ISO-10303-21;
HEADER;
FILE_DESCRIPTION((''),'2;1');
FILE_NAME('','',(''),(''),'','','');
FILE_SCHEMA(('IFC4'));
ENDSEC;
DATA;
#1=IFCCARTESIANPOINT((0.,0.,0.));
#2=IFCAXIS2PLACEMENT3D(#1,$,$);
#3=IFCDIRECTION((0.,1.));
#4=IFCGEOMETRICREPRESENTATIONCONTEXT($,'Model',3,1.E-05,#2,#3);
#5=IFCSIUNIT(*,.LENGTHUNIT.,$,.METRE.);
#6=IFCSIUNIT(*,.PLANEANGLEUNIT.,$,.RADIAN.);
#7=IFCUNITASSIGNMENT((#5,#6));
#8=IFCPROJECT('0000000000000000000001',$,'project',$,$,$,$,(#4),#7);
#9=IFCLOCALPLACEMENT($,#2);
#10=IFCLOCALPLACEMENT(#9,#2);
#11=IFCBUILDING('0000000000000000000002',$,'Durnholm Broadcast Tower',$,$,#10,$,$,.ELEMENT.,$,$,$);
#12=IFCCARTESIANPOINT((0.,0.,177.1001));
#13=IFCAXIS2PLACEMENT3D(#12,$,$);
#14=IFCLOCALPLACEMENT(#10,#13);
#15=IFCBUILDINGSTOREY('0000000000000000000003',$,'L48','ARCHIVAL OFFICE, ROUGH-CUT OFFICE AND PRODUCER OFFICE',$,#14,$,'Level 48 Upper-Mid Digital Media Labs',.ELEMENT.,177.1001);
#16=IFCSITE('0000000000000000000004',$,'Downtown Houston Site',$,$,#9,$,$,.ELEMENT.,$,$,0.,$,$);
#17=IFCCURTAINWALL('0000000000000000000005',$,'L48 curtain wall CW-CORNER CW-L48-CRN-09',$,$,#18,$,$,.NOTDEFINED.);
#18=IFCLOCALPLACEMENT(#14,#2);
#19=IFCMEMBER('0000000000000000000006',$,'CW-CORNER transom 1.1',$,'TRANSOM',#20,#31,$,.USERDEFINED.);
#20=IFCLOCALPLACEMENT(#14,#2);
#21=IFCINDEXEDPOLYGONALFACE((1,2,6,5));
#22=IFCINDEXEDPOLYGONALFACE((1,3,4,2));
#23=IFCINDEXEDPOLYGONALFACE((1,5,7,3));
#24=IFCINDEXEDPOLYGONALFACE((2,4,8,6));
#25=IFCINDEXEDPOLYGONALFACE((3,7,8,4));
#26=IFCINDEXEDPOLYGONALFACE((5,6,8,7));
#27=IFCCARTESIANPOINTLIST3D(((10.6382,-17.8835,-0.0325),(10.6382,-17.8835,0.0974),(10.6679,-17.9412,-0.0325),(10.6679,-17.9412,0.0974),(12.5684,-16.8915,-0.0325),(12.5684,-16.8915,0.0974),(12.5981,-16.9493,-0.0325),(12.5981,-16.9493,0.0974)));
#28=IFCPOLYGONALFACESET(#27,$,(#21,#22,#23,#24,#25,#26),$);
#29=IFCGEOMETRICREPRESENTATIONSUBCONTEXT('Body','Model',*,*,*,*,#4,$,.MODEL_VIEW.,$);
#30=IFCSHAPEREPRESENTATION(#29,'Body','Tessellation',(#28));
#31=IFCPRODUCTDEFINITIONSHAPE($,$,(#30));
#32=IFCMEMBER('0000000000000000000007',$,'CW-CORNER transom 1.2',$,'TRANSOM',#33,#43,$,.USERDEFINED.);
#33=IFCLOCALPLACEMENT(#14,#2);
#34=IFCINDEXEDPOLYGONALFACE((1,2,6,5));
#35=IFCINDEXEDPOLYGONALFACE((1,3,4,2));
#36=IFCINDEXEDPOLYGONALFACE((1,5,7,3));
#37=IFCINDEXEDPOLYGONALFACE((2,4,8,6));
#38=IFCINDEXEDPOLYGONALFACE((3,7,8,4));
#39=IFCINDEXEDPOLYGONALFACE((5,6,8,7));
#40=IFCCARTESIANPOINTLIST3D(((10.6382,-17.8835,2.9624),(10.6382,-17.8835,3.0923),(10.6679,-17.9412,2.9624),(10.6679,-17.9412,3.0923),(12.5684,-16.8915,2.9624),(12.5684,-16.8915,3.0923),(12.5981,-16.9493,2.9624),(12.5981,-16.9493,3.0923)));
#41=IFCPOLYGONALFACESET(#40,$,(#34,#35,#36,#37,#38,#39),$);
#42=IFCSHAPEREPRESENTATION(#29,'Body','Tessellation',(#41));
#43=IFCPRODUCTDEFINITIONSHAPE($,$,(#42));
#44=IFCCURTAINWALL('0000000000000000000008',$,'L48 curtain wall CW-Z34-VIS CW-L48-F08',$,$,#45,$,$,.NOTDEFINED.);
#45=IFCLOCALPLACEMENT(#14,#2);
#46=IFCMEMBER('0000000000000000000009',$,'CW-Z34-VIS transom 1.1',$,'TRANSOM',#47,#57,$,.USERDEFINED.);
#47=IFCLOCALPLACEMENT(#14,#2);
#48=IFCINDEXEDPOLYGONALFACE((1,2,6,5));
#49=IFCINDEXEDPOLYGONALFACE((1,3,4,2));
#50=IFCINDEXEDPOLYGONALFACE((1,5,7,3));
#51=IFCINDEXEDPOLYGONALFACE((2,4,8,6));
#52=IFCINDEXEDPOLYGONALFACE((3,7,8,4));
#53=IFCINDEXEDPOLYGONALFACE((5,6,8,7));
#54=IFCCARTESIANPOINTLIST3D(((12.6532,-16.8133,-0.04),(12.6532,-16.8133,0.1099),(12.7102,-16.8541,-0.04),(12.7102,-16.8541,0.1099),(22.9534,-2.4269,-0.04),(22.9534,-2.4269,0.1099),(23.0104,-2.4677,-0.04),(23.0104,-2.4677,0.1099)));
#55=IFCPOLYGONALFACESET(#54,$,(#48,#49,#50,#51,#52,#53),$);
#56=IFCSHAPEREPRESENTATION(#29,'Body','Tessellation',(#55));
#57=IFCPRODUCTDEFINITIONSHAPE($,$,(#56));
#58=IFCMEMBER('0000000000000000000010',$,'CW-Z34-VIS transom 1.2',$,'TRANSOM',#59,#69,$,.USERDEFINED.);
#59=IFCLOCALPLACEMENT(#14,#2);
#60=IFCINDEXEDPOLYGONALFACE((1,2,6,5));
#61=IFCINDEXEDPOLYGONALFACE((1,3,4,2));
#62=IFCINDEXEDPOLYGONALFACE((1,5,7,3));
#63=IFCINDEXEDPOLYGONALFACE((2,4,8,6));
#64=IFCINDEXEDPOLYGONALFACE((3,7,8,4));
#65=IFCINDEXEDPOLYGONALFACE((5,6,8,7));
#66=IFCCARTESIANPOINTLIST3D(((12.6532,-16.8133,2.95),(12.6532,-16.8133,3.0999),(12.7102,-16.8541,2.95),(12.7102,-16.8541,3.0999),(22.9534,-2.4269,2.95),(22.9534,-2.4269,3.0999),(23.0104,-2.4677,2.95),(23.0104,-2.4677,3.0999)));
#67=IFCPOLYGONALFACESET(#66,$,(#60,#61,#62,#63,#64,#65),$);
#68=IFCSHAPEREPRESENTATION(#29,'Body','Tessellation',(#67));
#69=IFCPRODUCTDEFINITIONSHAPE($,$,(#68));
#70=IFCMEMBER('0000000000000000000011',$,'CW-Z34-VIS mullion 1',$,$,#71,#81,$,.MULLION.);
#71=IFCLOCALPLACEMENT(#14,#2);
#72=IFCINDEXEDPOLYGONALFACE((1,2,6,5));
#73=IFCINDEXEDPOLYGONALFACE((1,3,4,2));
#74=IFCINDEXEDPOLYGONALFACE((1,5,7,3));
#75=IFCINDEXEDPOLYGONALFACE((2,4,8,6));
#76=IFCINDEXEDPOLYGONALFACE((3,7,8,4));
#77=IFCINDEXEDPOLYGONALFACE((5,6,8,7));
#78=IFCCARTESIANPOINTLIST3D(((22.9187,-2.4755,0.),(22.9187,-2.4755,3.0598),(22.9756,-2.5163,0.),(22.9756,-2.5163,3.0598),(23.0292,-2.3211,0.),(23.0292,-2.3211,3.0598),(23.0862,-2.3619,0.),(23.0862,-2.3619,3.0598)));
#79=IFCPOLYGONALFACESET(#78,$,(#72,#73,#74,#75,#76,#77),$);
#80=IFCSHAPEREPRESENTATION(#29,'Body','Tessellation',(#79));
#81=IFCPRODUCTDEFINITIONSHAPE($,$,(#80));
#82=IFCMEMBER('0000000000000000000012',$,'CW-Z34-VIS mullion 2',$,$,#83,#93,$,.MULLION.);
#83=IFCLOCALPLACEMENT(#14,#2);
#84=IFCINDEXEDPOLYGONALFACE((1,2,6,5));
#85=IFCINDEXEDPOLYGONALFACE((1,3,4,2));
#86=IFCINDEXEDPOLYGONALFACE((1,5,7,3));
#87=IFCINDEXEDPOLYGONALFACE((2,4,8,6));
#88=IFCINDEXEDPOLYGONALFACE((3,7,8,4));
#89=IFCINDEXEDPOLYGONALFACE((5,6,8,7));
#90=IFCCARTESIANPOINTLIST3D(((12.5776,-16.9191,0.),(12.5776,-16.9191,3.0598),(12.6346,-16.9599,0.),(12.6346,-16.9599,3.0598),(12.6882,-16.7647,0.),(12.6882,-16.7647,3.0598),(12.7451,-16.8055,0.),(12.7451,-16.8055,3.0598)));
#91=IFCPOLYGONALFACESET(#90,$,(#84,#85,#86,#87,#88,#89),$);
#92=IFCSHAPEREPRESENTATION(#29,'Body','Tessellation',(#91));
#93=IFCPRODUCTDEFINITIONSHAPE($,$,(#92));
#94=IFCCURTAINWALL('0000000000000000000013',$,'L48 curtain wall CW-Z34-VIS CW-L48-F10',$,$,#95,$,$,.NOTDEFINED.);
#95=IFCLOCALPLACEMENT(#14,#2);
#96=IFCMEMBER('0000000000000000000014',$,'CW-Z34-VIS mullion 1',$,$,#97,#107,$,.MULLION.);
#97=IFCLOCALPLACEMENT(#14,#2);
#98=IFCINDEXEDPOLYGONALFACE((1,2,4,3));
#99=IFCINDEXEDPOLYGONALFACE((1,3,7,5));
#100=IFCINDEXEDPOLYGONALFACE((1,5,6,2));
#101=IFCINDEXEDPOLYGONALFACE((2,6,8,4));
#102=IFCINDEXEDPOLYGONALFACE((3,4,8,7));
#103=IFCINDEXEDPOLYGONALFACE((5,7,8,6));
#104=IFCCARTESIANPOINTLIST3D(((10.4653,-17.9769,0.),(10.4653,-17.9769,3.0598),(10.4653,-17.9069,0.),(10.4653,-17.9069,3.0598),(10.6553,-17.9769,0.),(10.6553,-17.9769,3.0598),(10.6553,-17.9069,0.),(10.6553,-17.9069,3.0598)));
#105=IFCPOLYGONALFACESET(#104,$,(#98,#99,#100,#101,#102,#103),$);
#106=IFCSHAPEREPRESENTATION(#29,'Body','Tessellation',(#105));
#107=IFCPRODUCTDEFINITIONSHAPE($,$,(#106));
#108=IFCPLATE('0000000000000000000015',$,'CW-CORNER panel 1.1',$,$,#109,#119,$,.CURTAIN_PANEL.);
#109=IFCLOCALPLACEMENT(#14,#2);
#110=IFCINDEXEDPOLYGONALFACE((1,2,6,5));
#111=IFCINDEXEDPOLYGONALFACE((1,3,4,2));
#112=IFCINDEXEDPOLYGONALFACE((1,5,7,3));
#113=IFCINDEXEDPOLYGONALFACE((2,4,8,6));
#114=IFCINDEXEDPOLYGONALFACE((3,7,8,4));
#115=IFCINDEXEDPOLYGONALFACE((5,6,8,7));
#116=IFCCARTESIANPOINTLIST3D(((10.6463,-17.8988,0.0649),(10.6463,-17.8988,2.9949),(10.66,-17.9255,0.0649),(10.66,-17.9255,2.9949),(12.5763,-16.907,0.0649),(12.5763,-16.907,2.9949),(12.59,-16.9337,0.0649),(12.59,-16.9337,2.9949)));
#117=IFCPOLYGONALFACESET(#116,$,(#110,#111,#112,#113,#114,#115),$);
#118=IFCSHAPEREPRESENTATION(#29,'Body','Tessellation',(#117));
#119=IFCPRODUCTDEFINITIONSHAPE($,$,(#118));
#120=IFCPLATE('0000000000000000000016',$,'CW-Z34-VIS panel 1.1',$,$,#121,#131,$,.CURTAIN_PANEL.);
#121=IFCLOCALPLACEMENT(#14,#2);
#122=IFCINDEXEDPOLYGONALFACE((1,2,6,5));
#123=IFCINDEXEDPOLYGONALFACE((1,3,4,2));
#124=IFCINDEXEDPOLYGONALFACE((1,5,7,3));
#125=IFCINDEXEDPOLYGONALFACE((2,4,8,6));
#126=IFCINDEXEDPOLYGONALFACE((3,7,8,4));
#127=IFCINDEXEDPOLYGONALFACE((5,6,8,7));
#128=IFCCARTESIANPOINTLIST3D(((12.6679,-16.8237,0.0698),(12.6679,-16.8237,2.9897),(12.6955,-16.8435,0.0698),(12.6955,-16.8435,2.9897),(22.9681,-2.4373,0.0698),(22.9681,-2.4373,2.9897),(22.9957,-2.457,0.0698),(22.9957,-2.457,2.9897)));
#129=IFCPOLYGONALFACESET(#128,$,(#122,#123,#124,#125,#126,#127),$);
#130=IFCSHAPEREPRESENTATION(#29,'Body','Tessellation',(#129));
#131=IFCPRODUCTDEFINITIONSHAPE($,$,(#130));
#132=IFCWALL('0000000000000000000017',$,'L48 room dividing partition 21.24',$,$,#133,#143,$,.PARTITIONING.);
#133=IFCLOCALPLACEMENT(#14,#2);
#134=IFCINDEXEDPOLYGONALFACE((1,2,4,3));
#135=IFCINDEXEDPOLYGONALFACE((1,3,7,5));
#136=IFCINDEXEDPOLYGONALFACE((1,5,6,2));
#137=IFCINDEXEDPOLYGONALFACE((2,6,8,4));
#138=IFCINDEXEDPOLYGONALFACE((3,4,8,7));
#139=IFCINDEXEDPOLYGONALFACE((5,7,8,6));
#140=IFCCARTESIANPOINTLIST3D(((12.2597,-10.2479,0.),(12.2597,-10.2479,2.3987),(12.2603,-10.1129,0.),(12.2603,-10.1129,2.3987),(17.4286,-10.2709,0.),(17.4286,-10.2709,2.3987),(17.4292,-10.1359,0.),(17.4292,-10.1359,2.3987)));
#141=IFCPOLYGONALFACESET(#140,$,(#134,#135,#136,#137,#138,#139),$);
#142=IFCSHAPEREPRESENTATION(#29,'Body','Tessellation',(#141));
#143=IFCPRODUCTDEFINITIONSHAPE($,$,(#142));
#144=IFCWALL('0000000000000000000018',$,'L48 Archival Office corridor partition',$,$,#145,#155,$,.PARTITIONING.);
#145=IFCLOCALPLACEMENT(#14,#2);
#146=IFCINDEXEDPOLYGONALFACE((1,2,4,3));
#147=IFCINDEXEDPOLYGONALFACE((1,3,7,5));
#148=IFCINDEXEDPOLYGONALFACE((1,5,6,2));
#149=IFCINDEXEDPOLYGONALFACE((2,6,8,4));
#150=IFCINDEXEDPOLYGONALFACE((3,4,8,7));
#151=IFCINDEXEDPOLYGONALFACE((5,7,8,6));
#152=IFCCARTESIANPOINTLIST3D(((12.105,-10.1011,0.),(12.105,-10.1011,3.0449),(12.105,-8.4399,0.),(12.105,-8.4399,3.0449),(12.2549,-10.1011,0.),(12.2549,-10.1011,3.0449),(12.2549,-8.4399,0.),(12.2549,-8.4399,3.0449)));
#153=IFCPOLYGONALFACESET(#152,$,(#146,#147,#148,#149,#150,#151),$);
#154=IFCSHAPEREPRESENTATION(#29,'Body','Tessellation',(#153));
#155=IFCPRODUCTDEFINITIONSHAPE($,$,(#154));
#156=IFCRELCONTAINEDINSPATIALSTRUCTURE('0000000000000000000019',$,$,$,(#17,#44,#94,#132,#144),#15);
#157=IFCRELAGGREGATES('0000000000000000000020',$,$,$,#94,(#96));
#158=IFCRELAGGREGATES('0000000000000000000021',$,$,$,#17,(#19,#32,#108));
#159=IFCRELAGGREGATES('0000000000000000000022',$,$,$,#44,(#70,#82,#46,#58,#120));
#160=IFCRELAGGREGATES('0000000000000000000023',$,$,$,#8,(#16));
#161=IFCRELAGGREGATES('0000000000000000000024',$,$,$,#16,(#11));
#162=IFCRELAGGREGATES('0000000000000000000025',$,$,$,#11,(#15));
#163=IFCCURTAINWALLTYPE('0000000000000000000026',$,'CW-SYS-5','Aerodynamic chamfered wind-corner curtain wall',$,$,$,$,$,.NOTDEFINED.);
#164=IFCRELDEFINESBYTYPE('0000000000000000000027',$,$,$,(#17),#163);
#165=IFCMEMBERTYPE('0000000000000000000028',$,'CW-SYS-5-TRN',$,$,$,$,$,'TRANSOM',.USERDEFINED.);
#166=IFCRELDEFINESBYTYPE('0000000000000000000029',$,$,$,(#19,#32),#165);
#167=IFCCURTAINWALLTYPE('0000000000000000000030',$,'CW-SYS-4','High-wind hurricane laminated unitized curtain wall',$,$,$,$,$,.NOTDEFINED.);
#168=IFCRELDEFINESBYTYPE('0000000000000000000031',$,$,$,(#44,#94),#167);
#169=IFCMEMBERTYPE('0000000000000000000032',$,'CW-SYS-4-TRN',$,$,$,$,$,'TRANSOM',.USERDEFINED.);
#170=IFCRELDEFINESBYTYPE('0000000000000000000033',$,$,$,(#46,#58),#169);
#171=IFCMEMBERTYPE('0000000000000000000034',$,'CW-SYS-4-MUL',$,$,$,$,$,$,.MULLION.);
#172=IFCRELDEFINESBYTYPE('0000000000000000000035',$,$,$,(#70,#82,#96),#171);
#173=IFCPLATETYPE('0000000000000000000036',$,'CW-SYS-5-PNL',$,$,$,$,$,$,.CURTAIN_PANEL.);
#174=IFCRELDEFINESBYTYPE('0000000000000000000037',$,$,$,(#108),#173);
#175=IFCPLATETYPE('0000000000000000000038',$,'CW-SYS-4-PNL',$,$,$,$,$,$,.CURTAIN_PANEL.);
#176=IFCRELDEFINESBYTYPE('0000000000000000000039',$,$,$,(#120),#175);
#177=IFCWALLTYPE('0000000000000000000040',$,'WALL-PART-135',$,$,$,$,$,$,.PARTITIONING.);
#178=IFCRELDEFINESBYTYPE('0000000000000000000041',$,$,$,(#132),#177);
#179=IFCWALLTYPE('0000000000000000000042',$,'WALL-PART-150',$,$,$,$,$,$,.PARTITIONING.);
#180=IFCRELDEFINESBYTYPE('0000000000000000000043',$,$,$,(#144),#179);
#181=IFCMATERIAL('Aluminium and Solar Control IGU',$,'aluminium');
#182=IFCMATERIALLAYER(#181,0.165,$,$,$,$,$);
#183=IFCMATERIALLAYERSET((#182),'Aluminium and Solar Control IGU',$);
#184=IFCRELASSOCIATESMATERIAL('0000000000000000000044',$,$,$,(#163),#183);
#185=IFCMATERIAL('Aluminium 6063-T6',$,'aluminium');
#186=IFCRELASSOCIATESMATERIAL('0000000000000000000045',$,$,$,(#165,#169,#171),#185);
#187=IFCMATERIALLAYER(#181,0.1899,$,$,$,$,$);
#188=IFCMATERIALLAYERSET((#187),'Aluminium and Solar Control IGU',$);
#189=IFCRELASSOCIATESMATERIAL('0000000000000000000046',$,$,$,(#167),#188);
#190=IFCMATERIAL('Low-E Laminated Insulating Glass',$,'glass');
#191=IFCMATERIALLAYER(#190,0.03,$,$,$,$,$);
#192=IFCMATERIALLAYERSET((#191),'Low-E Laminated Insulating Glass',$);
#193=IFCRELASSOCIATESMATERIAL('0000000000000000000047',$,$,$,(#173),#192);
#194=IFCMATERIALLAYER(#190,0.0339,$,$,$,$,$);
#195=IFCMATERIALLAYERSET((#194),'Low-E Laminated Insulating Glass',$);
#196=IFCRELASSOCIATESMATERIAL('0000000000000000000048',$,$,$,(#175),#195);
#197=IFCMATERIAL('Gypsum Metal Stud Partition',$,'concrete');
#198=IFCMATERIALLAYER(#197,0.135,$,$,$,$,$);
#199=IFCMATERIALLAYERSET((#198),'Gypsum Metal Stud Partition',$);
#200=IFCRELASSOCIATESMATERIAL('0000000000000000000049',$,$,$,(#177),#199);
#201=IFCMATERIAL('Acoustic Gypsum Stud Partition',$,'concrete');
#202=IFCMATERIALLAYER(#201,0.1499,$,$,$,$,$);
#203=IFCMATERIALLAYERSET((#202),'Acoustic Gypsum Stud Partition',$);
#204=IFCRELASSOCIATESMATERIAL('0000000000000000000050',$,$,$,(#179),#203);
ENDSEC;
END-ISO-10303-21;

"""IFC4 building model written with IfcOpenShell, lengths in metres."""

from ifc_helpers import new_model, si_unit, direction, frame, frame_2d, origin, origin_2d, place, context, subcontext, project, spatial, rectangle, extrude, source, transform, mapped, material, layer, layer_set, material_profile, profile_set, type_object, type_shapes, element, aggregate, save


model = new_model("IFC4")

# Units and contexts
model_context = context("Model", 3, precision=1e-05, world=origin(), true_north=direction((0.0, 1.0)))
body_context = subcontext(model_context, "Body", "Model", "MODEL_VIEW")
ifc_project = project(units=[si_unit("LENGTHUNIT", "METRE"), si_unit("PLANEANGLEUNIT", "RADIAN")], contexts=[model_context])

# Site, building, storey
site_placement = place(None, origin())
site = spatial("IfcSite", under=ifc_project, at=site_placement, Name="Downtown Houston Site", CompositionType="ELEMENT", RefElevation=0.0)
building_placement = place(site_placement, origin())
building = spatial("IfcBuilding", under=site, at=building_placement, Name="Durnholm Broadcast Tower", CompositionType="ELEMENT")
storey_placement = place(building_placement, frame((0.0, 0.0, 177.1001)))
storey = spatial("IfcBuildingStorey", under=building, at=storey_placement, Name="L48", Description="ARCHIVAL OFFICE, ROUGH-CUT OFFICE AND PRODUCER OFFICE", LongName="Level 48 Upper-Mid Digital Media Labs", CompositionType="ELEMENT", Elevation=177.1001)

# Shared definitions
ifc_material_1 = material(Name="Aluminium and Solar Control IGU", Category="aluminium")
ifc_layer_1 = layer(ifc_material_1, 0.165)
ifc_layer_set_1 = layer_set([ifc_layer_1], Name="Aluminium and Solar Control IGU")
curtain_wall_type_1 = type_object("IfcCurtainWallType", Name="CW-SYS-5", Description="Aerodynamic chamfered wind-corner curtain wall", PredefinedType="NOTDEFINED", material=ifc_layer_set_1)
ifc_material_2 = material(Name="Aluminium 6063-T6", Category="aluminium")

# Curtain walls, members
curtain_wall_1_placement = place(storey_placement, origin())
curtain_wall_1 = element("IfcCurtainWall", 1, at=curtain_wall_1_placement, inside=storey, type_object=curtain_wall_type_1, Name="L48 curtain wall CW-CORNER CW-L48-CRN-09", PredefinedType="NOTDEFINED")
ifc_material_profile_1 = material_profile(ifc_material_2, rectangle(XDim=0.0649, YDim=0.1299, at=origin_2d()), Name="CWT65X130")
ifc_profile_set_1 = profile_set([ifc_material_profile_1], Name="Aluminium 6063-T6")
member_type_1 = type_object("IfcMemberType", Name="CW-SYS-5-TRN", ElementType="TRANSOM", PredefinedType="USERDEFINED", material=ifc_profile_set_1)
shared_shape_1 = source(origin(), body_context, "Body", "SweptSolid", [
    extrude(rectangle(XDim=0.0649, YDim=0.1299, at=origin_2d()), origin(), (0.0, 0.0, 1.0), 2.1702),
])
type_shapes(member_type_1, [shared_shape_1])
member_1_placement = place(storey_placement, frame((12.5833, -16.9204, 0.0325), z_axis=(-0.889422, -0.457086, 0.0), x_axis=(0.457086, -0.889422, 0.0)))
member_1 = element("IfcMember", 2, at=member_1_placement, type_object=member_type_1, Name="CW-CORNER transom 1.1", ObjectType="TRANSOM", PredefinedType="USERDEFINED", context=body_context, shape_type="MappedRepresentation", body=[
    mapped(shared_shape_1, transform((0.0, 0.0, 0.0), x_axis=(1.0, 0.0, 0.0), y_axis=(0.0, 1.0, 0.0), z_axis=(0.0, 0.0, 1.0), scale=1.0)),
])
member_2_placement = place(storey_placement, frame((12.5833, -16.9204, 3.0273), z_axis=(-0.889422, -0.457086, 0.0), x_axis=(0.457086, -0.889422, 0.0)))
member_2 = element("IfcMember", 3, at=member_2_placement, type_object=member_type_1, Name="CW-CORNER transom 1.2", ObjectType="TRANSOM", PredefinedType="USERDEFINED", context=body_context, shape_type="MappedRepresentation", body=[
    mapped(shared_shape_1, transform((0.0, 0.0, 0.0), x_axis=(1.0, 0.0, 0.0), y_axis=(0.0, 1.0, 0.0), z_axis=(0.0, 0.0, 1.0), scale=1.0)),
])
ifc_layer_2 = layer(ifc_material_1, 0.1899)
ifc_layer_set_2 = layer_set([ifc_layer_2], Name="Aluminium and Solar Control IGU")
curtain_wall_type_2 = type_object("IfcCurtainWallType", Name="CW-SYS-4", Description="High-wind hurricane laminated unitized curtain wall", PredefinedType="NOTDEFINED", material=ifc_layer_set_2)
curtain_wall_2_placement = place(storey_placement, origin())
curtain_wall_2 = element("IfcCurtainWall", 4, at=curtain_wall_2_placement, inside=storey, type_object=curtain_wall_type_2, Name="L48 curtain wall CW-Z34-VIS CW-L48-F08", PredefinedType="NOTDEFINED")
ifc_material_profile_2 = material_profile(ifc_material_2, rectangle(XDim=0.0701, YDim=0.1499, at=origin_2d()), Name="CWT70X150")
ifc_profile_set_2 = profile_set([ifc_material_profile_2], Name="Aluminium 6063-T6")
member_type_2 = type_object("IfcMemberType", Name="CW-SYS-4-TRN", ElementType="TRANSOM", PredefinedType="USERDEFINED", material=ifc_profile_set_2)
shared_shape_2 = source(origin(), body_context, "Body", "SweptSolid", [
    extrude(rectangle(XDim=0.0701, YDim=0.1499, at=origin_2d()), origin(), (0.0, 0.0, 1.0), 17.6936),
])
type_shapes(member_type_2, [shared_shape_2])
member_3_placement = place(storey_placement, frame((22.9819, -2.4473, 0.0349), z_axis=(-0.582145, -0.813085, 0.0), x_axis=(0.813085, -0.582145, 0.0)))
member_3 = element("IfcMember", 5, at=member_3_placement, type_object=member_type_2, Name="CW-Z34-VIS transom 1.1", ObjectType="TRANSOM", PredefinedType="USERDEFINED", context=body_context, shape_type="MappedRepresentation", body=[
    mapped(shared_shape_2, transform((0.0, 0.0, 0.0), x_axis=(1.0, 0.0, 0.0), y_axis=(0.0, 1.0, 0.0), z_axis=(0.0, 0.0, 1.0), scale=1.0)),
])
member_4_placement = place(storey_placement, frame((22.9819, -2.4473, 3.0249), z_axis=(-0.582145, -0.813085, 0.0), x_axis=(0.813085, -0.582145, 0.0)))
member_4 = element("IfcMember", 6, at=member_4_placement, type_object=member_type_2, Name="CW-Z34-VIS transom 1.2", ObjectType="TRANSOM", PredefinedType="USERDEFINED", context=body_context, shape_type="MappedRepresentation", body=[
    mapped(shared_shape_2, transform((0.0, 0.0, 0.0), x_axis=(1.0, 0.0, 0.0), y_axis=(0.0, 1.0, 0.0), z_axis=(0.0, 0.0, 1.0), scale=1.0)),
])
ifc_material_profile_3 = material_profile(ifc_material_2, rectangle(XDim=0.0701, YDim=0.1899, at=origin_2d()), Name="CWM70X190")
ifc_profile_set_3 = profile_set([ifc_material_profile_3], Name="Aluminium 6063-T6")
member_type_3 = type_object("IfcMemberType", Name="CW-SYS-4-MUL", PredefinedType="MULLION", material=ifc_profile_set_3)
shared_shape_3 = source(origin(), body_context, "Body", "SweptSolid", [
    extrude(rectangle(XDim=0.0701, YDim=0.1899, at=origin_2d()), origin(), (0.0, 0.0, 1.0), 3.0598),
])
type_shapes(member_type_3, [shared_shape_3])
member_5_placement = place(storey_placement, frame((23.0024, -2.4187, 0.0), z_axis=(0.0, 0.0, 1.0), x_axis=(0.813089, -0.582139, 0.0)))
member_5 = element("IfcMember", 7, at=member_5_placement, type_object=member_type_3, Name="CW-Z34-VIS mullion 1", PredefinedType="MULLION", context=body_context, shape_type="MappedRepresentation", body=[
    mapped(shared_shape_3, transform((0.0, 0.0, 0.0), x_axis=(1.0, 0.0, 0.0), y_axis=(0.0, 1.0, 0.0), z_axis=(0.0, 0.0, 1.0), scale=1.0)),
])
member_6_placement = place(storey_placement, frame((12.6614, -16.8623, 0.0), z_axis=(0.0, 0.0, 1.0), x_axis=(0.813089, -0.582139, 0.0)))
member_6 = element("IfcMember", 8, at=member_6_placement, type_object=member_type_3, Name="CW-Z34-VIS mullion 2", PredefinedType="MULLION", context=body_context, shape_type="MappedRepresentation", body=[
    mapped(shared_shape_3, transform((0.0, 0.0, 0.0), x_axis=(1.0, 0.0, 0.0), y_axis=(0.0, 1.0, 0.0), z_axis=(0.0, 0.0, 1.0), scale=1.0)),
])

# Curtain wall, member
curtain_wall_3_placement = place(storey_placement, origin())
curtain_wall_3 = element("IfcCurtainWall", 9, at=curtain_wall_3_placement, inside=storey, type_object=curtain_wall_type_2, Name="L48 curtain wall CW-Z34-VIS CW-L48-F10", PredefinedType="NOTDEFINED")
member_7_placement = place(storey_placement, frame((10.5603, -17.9419, 0.0), z_axis=(0.0, 0.0, 1.0), x_axis=(0.0, -1.0, 0.0)))
member_7 = element("IfcMember", 10, at=member_7_placement, type_object=member_type_3, Name="CW-Z34-VIS mullion 1", PredefinedType="MULLION", context=body_context, shape_type="MappedRepresentation", body=[
    mapped(shared_shape_3, transform((0.0, 0.0, 0.0), x_axis=(1.0, 0.0, 0.0), y_axis=(0.0, 1.0, 0.0), z_axis=(0.0, 0.0, 1.0), scale=1.0)),
])
aggregate(curtain_wall_3, [member_7])

# Plates
ifc_material_3 = material(Name="Low-E Laminated Insulating Glass", Category="glass")
ifc_layer_3 = layer(ifc_material_3, 0.03)
ifc_layer_set_3 = layer_set([ifc_layer_3], Name="Low-E Laminated Insulating Glass")
plate_type_1 = type_object("IfcPlateType", Name="CW-SYS-5-PNL", PredefinedType="CURTAIN_PANEL", material=ifc_layer_set_3)
shared_shape_4 = source(origin(), body_context, "Body", "SweptSolid", [
    extrude(rectangle(XDim=2.1699, YDim=0.03, at=origin_2d()), origin(), (0.0, 0.0, 1.0), 2.9299),
])
type_shapes(plate_type_1, [shared_shape_4])
plate_1_placement = place(storey_placement, frame((11.6182, -17.4163, 0.0649), z_axis=(0.0, 0.0, 1.0), x_axis=(-0.889425, -0.457082, 0.0)))
plate_1 = element("IfcPlate", 11, at=plate_1_placement, type_object=plate_type_1, Name="CW-CORNER panel 1.1", PredefinedType="CURTAIN_PANEL", context=body_context, shape_type="MappedRepresentation", body=[
    mapped(shared_shape_4, transform((0.0, 0.0, 0.0), x_axis=(1.0, 0.0, 0.0), y_axis=(0.0, 1.0, 0.0), z_axis=(0.0, 0.0, 1.0), scale=1.0)),
])
aggregate(curtain_wall_1, [member_1, member_2, plate_1])
ifc_layer_4 = layer(ifc_material_3, 0.0339)
ifc_layer_set_4 = layer_set([ifc_layer_4], Name="Low-E Laminated Insulating Glass")
plate_type_2 = type_object("IfcPlateType", Name="CW-SYS-4-PNL", PredefinedType="CURTAIN_PANEL", material=ifc_layer_set_4)
shared_shape_5 = source(origin(), body_context, "Body", "SweptSolid", [
    extrude(rectangle(XDim=17.6936, YDim=0.0339, at=origin_2d()), origin(), (0.0, 0.0, 1.0), 2.9199),
])
type_shapes(plate_type_2, [shared_shape_5])
plate_2_placement = place(storey_placement, frame((17.8318, -9.6404, 0.0698), z_axis=(0.0, 0.0, 1.0), x_axis=(-0.582139, -0.813089, 0.0)))
plate_2 = element("IfcPlate", 12, at=plate_2_placement, type_object=plate_type_2, Name="CW-Z34-VIS panel 1.1", PredefinedType="CURTAIN_PANEL", context=body_context, shape_type="MappedRepresentation", body=[
    mapped(shared_shape_5, transform((0.0, 0.0, 0.0), x_axis=(1.0, 0.0, 0.0), y_axis=(0.0, 1.0, 0.0), z_axis=(0.0, 0.0, 1.0), scale=1.0)),
])
aggregate(curtain_wall_2, [member_5, member_6, member_3, member_4, plate_2])

# Walls
ifc_material_4 = material(Name="Gypsum Metal Stud Partition", Category="concrete")
ifc_layer_5 = layer(ifc_material_4, 0.135)
ifc_layer_set_5 = layer_set([ifc_layer_5], Name="Gypsum Metal Stud Partition")
wall_type_1 = type_object("IfcWallType", Name="WALL-PART-135", PredefinedType="PARTITIONING", material=ifc_layer_set_5)
wall_1_placement = place(storey_placement, frame((12.26, -10.1804, 0.0), z_axis=(0.0, 0.0, 1.0), x_axis=(0.99999, -0.00444, 0.0)))
element("IfcWall", 13, at=wall_1_placement, inside=storey, type_object=wall_type_1, Name="L48 room dividing partition 21.24", PredefinedType="PARTITIONING", context=body_context, shape_type="SweptSolid", body=[
    extrude(rectangle(XDim=5.1689, YDim=0.135, at=frame_2d((2.5845, 0.0))), origin(), (0.0, 0.0, 1.0), 2.3987),
])
ifc_material_5 = material(Name="Acoustic Gypsum Stud Partition", Category="concrete")
ifc_layer_6 = layer(ifc_material_5, 0.1499)
ifc_layer_set_6 = layer_set([ifc_layer_6], Name="Acoustic Gypsum Stud Partition")
wall_type_2 = type_object("IfcWallType", Name="WALL-PART-150", PredefinedType="PARTITIONING", material=ifc_layer_set_6)
wall_2_placement = place(storey_placement, frame((12.1799, -10.1011, 0.0), z_axis=(0.0, 0.0, 1.0), x_axis=(0.0, 1.0, 0.0)))
element("IfcWall", 14, at=wall_2_placement, inside=storey, type_object=wall_type_2, Name="L48 Archival Office corridor partition", PredefinedType="PARTITIONING", context=body_context, shape_type="SweptSolid", body=[
    extrude(rectangle(XDim=1.6611, YDim=0.1499, at=frame_2d((0.8306, 0.0))), origin(), (0.0, 0.0, 1.0), 3.0449),
])

save(model, "model.ifc")
